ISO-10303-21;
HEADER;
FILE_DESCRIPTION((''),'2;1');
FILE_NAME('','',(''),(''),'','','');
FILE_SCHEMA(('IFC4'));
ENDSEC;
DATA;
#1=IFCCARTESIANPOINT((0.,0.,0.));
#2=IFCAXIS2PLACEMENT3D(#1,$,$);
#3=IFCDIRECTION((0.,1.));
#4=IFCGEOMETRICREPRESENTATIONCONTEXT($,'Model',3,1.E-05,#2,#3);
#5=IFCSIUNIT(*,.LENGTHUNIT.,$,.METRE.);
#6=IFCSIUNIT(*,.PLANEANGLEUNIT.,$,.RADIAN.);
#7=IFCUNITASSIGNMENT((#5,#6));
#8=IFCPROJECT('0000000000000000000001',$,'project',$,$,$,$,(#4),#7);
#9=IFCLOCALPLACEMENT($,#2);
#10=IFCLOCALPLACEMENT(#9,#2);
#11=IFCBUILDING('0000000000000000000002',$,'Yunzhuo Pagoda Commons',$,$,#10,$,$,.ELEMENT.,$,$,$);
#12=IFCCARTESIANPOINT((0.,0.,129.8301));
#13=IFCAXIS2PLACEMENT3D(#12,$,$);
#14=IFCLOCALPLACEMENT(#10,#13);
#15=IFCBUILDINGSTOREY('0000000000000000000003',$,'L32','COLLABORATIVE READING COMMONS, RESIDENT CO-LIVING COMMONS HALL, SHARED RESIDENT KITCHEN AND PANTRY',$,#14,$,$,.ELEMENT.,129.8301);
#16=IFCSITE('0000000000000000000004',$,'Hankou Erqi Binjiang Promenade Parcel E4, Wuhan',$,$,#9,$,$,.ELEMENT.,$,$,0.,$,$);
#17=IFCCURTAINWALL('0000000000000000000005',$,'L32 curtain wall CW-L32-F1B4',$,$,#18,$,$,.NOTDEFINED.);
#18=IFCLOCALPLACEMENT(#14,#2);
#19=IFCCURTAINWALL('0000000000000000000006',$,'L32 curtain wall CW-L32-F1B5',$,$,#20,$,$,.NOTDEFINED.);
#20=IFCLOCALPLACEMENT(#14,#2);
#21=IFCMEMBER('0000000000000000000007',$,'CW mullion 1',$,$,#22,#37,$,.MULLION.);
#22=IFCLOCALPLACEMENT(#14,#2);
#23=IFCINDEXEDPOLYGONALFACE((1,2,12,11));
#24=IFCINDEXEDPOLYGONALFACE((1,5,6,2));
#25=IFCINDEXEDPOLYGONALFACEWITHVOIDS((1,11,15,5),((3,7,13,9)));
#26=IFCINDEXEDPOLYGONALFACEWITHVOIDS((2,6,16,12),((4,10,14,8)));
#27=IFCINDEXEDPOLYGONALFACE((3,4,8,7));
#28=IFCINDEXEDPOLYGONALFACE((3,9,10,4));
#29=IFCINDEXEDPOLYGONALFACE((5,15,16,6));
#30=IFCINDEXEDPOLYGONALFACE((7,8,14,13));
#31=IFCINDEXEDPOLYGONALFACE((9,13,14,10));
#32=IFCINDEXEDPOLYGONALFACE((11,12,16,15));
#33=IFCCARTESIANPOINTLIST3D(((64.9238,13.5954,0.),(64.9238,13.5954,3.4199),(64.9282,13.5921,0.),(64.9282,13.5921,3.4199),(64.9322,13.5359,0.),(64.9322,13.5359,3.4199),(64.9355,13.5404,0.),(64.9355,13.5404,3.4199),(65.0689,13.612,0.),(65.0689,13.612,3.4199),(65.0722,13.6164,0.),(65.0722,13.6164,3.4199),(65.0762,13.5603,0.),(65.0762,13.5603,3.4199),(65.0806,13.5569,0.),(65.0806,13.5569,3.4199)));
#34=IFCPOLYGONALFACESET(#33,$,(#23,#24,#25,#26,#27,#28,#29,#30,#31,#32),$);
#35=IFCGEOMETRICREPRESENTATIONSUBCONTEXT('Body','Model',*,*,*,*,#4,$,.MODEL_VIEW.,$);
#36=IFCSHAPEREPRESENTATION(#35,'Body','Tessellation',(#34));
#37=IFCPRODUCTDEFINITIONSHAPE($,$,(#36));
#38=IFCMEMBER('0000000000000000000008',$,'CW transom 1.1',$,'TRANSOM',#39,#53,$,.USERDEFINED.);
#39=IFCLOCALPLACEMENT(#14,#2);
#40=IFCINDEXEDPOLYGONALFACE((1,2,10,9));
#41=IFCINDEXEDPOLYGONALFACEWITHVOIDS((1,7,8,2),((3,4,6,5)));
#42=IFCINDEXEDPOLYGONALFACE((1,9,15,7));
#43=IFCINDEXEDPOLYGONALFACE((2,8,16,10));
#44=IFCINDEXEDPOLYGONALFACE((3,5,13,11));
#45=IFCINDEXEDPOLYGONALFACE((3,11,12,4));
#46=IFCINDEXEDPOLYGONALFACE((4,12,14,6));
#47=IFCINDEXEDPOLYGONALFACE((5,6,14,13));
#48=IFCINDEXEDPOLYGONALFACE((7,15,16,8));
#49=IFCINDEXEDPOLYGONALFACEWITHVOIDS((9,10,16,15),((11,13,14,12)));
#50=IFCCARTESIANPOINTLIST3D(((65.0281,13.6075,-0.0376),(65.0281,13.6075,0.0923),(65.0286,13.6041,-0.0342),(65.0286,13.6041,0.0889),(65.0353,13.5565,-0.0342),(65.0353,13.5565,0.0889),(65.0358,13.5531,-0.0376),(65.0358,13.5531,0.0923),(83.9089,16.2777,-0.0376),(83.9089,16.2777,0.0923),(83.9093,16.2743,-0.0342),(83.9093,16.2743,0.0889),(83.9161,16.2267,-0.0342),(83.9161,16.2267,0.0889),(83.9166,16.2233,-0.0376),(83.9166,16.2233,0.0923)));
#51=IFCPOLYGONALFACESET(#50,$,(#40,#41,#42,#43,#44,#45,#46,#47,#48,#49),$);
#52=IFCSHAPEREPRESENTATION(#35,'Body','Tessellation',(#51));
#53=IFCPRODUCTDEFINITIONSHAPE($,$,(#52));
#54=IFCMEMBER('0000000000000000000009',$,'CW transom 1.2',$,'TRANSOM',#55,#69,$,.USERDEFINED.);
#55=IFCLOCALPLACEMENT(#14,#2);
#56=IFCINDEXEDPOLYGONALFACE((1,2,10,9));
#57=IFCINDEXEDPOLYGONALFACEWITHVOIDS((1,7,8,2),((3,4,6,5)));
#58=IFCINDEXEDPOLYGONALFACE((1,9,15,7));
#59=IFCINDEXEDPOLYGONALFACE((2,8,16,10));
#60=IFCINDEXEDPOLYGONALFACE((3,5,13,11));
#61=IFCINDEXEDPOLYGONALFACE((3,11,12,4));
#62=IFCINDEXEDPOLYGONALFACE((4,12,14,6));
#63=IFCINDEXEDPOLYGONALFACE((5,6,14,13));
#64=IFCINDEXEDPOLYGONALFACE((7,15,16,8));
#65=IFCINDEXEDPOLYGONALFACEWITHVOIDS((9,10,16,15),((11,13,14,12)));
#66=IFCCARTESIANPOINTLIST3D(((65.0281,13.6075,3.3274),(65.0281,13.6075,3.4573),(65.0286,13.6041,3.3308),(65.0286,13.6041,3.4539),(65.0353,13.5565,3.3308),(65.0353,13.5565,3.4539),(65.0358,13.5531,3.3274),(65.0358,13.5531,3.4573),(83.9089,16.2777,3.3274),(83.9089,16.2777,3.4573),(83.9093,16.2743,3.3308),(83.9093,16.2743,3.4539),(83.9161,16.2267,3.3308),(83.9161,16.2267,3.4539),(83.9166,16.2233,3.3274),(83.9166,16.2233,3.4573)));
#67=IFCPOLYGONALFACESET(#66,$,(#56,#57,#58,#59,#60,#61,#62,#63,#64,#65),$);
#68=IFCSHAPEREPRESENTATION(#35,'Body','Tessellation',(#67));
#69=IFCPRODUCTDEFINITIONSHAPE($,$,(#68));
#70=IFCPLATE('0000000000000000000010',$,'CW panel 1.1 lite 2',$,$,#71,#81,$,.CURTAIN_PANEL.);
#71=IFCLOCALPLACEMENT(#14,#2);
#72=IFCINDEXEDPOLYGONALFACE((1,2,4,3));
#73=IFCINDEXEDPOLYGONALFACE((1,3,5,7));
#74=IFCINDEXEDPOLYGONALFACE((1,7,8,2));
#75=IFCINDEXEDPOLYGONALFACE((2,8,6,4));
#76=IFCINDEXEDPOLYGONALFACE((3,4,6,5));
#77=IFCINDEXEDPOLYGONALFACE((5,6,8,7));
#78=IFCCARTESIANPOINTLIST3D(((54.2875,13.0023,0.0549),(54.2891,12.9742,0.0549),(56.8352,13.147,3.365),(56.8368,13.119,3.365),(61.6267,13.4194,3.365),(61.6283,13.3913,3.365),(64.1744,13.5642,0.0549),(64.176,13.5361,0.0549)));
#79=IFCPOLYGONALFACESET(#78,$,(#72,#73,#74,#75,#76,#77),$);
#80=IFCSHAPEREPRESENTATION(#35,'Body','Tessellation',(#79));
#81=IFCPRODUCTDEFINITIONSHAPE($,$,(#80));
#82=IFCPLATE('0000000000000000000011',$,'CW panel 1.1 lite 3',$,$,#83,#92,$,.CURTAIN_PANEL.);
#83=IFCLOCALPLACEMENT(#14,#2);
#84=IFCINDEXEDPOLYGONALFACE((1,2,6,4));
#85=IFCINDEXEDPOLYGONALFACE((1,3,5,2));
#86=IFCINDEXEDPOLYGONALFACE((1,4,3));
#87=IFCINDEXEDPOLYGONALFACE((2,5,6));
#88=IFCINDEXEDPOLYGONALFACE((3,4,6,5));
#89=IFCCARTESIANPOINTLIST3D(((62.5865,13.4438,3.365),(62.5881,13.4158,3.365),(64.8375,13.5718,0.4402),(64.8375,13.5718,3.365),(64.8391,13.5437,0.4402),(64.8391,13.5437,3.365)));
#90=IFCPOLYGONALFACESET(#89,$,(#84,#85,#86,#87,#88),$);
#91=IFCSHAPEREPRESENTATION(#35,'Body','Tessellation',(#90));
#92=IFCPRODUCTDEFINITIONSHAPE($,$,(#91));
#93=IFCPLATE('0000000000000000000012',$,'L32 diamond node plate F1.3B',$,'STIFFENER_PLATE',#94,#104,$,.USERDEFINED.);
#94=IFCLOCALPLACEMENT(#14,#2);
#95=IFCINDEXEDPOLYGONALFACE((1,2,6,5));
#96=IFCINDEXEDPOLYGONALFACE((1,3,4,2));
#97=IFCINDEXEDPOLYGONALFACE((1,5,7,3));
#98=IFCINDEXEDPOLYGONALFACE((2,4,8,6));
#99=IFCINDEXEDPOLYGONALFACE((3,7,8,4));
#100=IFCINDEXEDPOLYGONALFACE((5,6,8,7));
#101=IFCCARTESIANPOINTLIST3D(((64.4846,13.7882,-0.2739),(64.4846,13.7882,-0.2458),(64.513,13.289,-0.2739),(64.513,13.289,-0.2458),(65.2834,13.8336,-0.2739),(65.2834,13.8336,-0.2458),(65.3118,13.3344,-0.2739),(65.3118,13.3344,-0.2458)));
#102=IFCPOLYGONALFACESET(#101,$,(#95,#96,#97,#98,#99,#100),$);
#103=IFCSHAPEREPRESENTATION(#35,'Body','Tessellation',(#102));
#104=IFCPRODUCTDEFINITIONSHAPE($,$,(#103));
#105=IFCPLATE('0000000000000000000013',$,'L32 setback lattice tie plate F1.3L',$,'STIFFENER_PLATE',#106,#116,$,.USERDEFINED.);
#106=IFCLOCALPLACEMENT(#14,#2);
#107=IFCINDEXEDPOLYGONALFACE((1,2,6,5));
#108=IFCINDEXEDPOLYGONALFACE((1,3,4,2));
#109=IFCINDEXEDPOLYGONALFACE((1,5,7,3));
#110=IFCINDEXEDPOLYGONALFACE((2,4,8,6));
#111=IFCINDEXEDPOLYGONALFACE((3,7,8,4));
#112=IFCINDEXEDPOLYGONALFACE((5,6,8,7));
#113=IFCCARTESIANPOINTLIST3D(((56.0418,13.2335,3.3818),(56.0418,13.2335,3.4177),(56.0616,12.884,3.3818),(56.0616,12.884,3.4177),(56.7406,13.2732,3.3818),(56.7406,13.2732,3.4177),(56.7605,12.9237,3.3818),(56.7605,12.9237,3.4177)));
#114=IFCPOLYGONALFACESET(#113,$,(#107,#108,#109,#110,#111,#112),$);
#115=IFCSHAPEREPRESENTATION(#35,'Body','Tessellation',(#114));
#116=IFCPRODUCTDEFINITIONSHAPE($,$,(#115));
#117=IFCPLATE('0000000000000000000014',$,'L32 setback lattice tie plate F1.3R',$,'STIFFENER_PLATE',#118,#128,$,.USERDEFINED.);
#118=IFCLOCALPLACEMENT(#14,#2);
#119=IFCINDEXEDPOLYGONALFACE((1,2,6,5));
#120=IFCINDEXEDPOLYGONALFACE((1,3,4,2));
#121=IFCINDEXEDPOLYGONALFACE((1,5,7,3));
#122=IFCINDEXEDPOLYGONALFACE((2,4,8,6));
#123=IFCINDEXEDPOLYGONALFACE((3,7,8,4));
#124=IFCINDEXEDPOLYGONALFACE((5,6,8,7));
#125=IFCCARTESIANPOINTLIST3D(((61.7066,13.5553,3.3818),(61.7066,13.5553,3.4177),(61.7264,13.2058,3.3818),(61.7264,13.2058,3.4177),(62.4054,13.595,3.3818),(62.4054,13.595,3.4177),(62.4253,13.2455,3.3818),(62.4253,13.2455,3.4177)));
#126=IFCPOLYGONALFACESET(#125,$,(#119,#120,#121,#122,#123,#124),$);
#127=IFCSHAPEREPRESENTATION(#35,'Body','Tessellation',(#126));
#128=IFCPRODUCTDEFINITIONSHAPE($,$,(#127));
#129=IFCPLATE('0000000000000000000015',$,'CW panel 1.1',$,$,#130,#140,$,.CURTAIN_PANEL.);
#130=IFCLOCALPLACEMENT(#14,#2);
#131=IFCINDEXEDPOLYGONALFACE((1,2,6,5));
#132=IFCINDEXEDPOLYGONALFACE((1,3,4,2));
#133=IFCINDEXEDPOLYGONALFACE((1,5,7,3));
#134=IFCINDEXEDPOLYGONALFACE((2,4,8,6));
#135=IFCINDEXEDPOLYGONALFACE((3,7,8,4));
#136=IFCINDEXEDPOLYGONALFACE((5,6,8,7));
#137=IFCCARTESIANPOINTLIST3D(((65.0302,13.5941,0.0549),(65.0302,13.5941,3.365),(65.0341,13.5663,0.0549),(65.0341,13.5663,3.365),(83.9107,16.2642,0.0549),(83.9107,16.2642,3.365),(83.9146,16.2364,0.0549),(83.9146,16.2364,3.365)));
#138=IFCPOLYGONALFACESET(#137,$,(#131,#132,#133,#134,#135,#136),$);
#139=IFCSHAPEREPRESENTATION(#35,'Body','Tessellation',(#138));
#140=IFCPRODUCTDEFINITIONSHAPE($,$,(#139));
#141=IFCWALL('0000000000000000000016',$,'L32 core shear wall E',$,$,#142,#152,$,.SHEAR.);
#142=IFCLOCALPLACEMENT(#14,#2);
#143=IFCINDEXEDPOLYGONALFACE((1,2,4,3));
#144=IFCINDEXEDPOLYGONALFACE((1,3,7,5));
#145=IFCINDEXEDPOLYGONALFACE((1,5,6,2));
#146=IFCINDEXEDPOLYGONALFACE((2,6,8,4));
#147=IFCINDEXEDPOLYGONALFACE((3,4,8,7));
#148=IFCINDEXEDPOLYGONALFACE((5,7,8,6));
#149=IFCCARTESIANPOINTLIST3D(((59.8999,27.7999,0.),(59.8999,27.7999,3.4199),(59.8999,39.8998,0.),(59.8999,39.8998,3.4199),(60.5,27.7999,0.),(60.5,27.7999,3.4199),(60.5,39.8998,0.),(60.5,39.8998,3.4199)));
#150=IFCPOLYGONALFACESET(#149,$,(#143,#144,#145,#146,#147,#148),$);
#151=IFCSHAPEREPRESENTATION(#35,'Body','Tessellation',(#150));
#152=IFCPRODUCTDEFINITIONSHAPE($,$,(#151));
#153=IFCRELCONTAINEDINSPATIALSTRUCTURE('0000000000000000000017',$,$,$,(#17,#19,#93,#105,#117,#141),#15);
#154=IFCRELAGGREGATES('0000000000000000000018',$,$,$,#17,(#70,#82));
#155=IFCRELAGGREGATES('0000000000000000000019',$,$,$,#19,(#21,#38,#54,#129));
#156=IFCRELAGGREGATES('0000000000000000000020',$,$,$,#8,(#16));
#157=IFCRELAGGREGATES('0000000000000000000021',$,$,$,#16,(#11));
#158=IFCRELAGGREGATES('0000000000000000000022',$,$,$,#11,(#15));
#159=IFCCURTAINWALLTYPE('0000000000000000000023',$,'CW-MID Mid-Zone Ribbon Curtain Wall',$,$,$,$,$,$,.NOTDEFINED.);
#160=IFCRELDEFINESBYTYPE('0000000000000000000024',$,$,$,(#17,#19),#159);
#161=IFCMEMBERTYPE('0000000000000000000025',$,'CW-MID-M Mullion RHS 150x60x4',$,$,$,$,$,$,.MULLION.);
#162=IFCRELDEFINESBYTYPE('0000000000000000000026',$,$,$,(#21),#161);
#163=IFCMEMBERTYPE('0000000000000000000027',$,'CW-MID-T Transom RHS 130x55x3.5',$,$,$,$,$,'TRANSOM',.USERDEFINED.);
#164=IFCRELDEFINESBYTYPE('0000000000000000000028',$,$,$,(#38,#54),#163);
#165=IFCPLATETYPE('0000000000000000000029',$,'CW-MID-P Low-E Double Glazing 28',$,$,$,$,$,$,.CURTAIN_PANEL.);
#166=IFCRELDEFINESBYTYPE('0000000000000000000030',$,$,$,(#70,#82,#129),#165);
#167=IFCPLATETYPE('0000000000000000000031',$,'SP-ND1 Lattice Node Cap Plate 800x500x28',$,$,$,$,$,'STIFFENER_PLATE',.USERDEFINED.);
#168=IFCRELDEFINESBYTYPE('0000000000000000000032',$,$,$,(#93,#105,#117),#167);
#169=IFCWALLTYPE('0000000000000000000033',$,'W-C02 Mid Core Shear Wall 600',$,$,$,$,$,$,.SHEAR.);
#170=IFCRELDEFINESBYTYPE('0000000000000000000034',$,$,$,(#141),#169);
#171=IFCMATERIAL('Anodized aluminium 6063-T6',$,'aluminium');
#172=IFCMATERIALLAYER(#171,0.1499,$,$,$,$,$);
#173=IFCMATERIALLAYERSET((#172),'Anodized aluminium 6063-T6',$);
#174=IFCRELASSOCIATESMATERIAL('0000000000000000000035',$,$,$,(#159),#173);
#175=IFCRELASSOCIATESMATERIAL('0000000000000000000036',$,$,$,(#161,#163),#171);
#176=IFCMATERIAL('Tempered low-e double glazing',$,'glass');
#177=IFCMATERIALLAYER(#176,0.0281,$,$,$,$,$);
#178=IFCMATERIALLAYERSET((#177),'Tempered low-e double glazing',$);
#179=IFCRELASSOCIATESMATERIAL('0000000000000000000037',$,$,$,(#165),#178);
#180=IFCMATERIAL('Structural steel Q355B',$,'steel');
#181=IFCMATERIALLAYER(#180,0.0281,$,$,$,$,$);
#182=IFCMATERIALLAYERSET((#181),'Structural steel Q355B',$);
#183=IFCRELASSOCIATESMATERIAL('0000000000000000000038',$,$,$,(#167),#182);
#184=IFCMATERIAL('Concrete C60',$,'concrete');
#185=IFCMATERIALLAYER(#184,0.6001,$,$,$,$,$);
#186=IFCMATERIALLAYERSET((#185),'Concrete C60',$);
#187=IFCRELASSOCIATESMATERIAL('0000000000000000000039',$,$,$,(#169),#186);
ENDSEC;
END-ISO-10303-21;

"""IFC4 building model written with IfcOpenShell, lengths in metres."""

from ifc_helpers import new_model, si_unit, direction, frame, frame_2d, origin, origin_2d, place, context, subcontext, project, spatial, polyline, rectangle, hollow_rectangle, outline, extrude, source, transform, mapped, material, layer, layer_set, material_profile, profile_set, type_object, element, aggregate, save


model = new_model("IFC4")

# Units and contexts
model_context = context("Model", 3, precision=1e-05, world=origin(), true_north=direction((0.0, 1.0)))
body_context = subcontext(model_context, "Body", "Model", "MODEL_VIEW")
ifc_project = project(units=[si_unit("LENGTHUNIT", "METRE"), si_unit("PLANEANGLEUNIT", "RADIAN")], contexts=[model_context])

# Site, building, storey
site_placement = place(None, origin())
site = spatial("IfcSite", under=ifc_project, at=site_placement, Name="Hankou Erqi Binjiang Promenade Parcel E4, Wuhan", CompositionType="ELEMENT", RefElevation=0.0)
building_placement = place(site_placement, origin())
building = spatial("IfcBuilding", under=site, at=building_placement, Name="Yunzhuo Pagoda Commons", CompositionType="ELEMENT")
storey_placement = place(building_placement, frame((0.0, 0.0, 129.8301)))
storey = spatial("IfcBuildingStorey", under=building, at=storey_placement, Name="L32", Description="COLLABORATIVE READING COMMONS, RESIDENT CO-LIVING COMMONS HALL, SHARED RESIDENT KITCHEN AND PANTRY", CompositionType="ELEMENT", Elevation=129.8301)

# Shared definitions
ifc_material_1 = material(Name="Structural steel Q355B", Category="steel")

# Curtain wall
ifc_material_2 = material(Name="Anodized aluminium 6063-T6", Category="aluminium")
ifc_layer_1 = layer(ifc_material_2, 0.1499)
ifc_layer_set_1 = layer_set([ifc_layer_1], Name="Anodized aluminium 6063-T6")
curtain_wall_type = type_object("IfcCurtainWallType", Name="CW-MID Mid-Zone Ribbon Curtain Wall", PredefinedType="NOTDEFINED", material=ifc_layer_set_1)
curtain_wall_1_placement = place(storey_placement, origin())
curtain_wall_1 = element("IfcCurtainWall", 1, at=curtain_wall_1_placement, inside=storey, type_object=curtain_wall_type, Name="L32 curtain wall CW-L32-F1B4", PredefinedType="NOTDEFINED")
ifc_material_profile_1 = material_profile(ifc_material_2, hollow_rectangle(XDim=0.0601, YDim=0.1499, WallThickness=0.0039, at=origin_2d()), Name="Anodized aluminium 6063-T6")
ifc_profile_set_1 = profile_set([ifc_material_profile_1], Name="Anodized aluminium 6063-T6")
member_type_1 = type_object("IfcMemberType", Name="CW-MID-M Mullion RHS 150x60x4", PredefinedType="MULLION", material=ifc_profile_set_1)
shared_shape_1 = source(origin(), body_context, "Body", "SweptSolid", [
    extrude(hollow_rectangle(XDim=0.0601, YDim=0.1499, WallThickness=0.0039, at=origin_2d()), origin(), (0.0, 0.0, 1.0), 3.4199),
])

# Curtain wall, members
curtain_wall_2_placement = place(storey_placement, origin())
curtain_wall_2 = element("IfcCurtainWall", 2, at=curtain_wall_2_placement, inside=storey, type_object=curtain_wall_type, Name="L32 curtain wall CW-L32-F1B5", PredefinedType="NOTDEFINED")
member_1_placement = place(storey_placement, frame((65.0022, 13.5762, 0.0), z_axis=(0.0, 0.0, 1.0), x_axis=(-0.140027, 0.990148, 0.0)))
member_1 = element("IfcMember", 3, at=member_1_placement, type_object=member_type_1, Name="CW mullion 1", PredefinedType="MULLION", context=body_context, shape_type="MappedRepresentation", body=[
    mapped(shared_shape_1, transform((0.0, 0.0, 0.0), scale=1.0)),
])
ifc_material_profile_2 = material_profile(ifc_material_2, hollow_rectangle(XDim=0.0549, YDim=0.1299, WallThickness=0.0034, at=origin_2d()), Name="Anodized aluminium 6063-T6")
ifc_profile_set_2 = profile_set([ifc_material_profile_2], Name="Anodized aluminium 6063-T6")
member_type_2 = type_object("IfcMemberType", Name="CW-MID-T Transom RHS 130x55x3.5", ElementType="TRANSOM", PredefinedType="USERDEFINED", material=ifc_profile_set_2)
shared_shape_2 = source(origin(), body_context, "Body", "SweptSolid", [
    extrude(hollow_rectangle(XDim=0.0549, YDim=0.1299, WallThickness=0.0034, at=origin_2d()), origin(), (0.0, 0.0, 1.0), 19.0686),
])
member_2_placement = place(storey_placement, frame((65.032, 13.5803, 0.0273), z_axis=(0.990147, 0.14003, 0.0), x_axis=(-0.14003, 0.990147, 0.0)))
member_2 = element("IfcMember", 4, at=member_2_placement, type_object=member_type_2, Name="CW transom 1.1", ObjectType="TRANSOM", PredefinedType="USERDEFINED", context=body_context, shape_type="MappedRepresentation", body=[
    mapped(shared_shape_2, transform((0.0, 0.0, 0.0), scale=1.0)),
])
member_3_placement = place(storey_placement, frame((65.032, 13.5803, 3.3923), z_axis=(0.990147, 0.14003, 0.0), x_axis=(-0.14003, 0.990147, 0.0)))
member_3 = element("IfcMember", 5, at=member_3_placement, type_object=member_type_2, Name="CW transom 1.2", ObjectType="TRANSOM", PredefinedType="USERDEFINED", context=body_context, shape_type="MappedRepresentation", body=[
    mapped(shared_shape_2, transform((0.0, 0.0, 0.0), scale=1.0)),
])

# Plates
ifc_material_3 = material(Name="Tempered low-e double glazing", Category="glass")
ifc_layer_2 = layer(ifc_material_3, 0.0281)
ifc_layer_set_2 = layer_set([ifc_layer_2], Name="Tempered low-e double glazing")
plate_type_1 = type_object("IfcPlateType", Name="CW-MID-P Low-E Double Glazing 28", PredefinedType="CURTAIN_PANEL", material=ifc_layer_set_2)
plate_1_placement = place(storey_placement, frame((59.231, 13.2832, 1.71), z_axis=(0.056742, -0.998389, 0.0), x_axis=(0.998389, 0.056742, 0.0)))
plate_1 = element("IfcPlate", 6, at=plate_1_placement, type_object=plate_type_1, Name="CW panel 1.1 lite 2", PredefinedType="CURTAIN_PANEL", context=body_context, shape_type="SweptSolid", body=[
    extrude(outline(polyline([(-4.9514, -1.655), (4.9514, -1.655), (2.3997, 1.655), (-2.3997, 1.655), (-4.9514, -1.655)])), origin(), (0.0, 0.0, 1.0), 0.0281),
])
plate_2_placement = place(storey_placement, frame((63.7122, 13.5078, 1.9026), z_axis=(0.056742, -0.998389, 0.0), x_axis=(0.998389, 0.056742, 0.0)))
plate_2 = element("IfcPlate", 7, at=plate_2_placement, type_object=plate_type_1, Name="CW panel 1.1 lite 3", PredefinedType="CURTAIN_PANEL", context=body_context, shape_type="SweptSolid", body=[
    extrude(outline(polyline([(-1.1274, 1.4624), (1.1272, -1.4624), (1.1272, 1.4624), (-1.1274, 1.4624)])), origin(), (0.0, 0.0, 1.0), 0.0281),
])
aggregate(curtain_wall_1, [plate_1, plate_2])

# Plates
ifc_layer_3 = layer(ifc_material_1, 0.0281)
ifc_layer_set_3 = layer_set([ifc_layer_3], Name="Structural steel Q355B")
plate_type_2 = type_object("IfcPlateType", Name="SP-ND1 Lattice Node Cap Plate 800x500x28", ElementType="STIFFENER_PLATE", PredefinedType="USERDEFINED", material=ifc_layer_set_3)
shared_shape_3 = source(origin(), body_context, "Body", "SweptSolid", [
    extrude(rectangle(XDim=0.8, YDim=0.5, at=origin_2d()), origin(), (0.0, 0.0, 1.0), 0.0281),
])
plate_3_placement = place(storey_placement, frame((64.8982, 13.5613, -0.2739), z_axis=(0.0, 0.0, 1.0), x_axis=(0.998389, 0.056745, 0.0)))
element("IfcPlate", 8, at=plate_3_placement, inside=storey, type_object=plate_type_2, Name="L32 diamond node plate F1.3B", ObjectType="STIFFENER_PLATE", PredefinedType="USERDEFINED", context=body_context, shape_type="MappedRepresentation", body=[
    mapped(shared_shape_3, transform((0.0, 0.0, 0.0), scale=1.0)),
])
shared_shape_4 = source(origin(), body_context, "Body", "SweptSolid", [
    extrude(rectangle(XDim=0.7, YDim=0.3501, at=origin_2d()), origin(), (0.0, 0.0, 1.0), 0.0359),
])
for number, where, z_axis, x_axis, name in (
    (9, (56.4011, 13.0786, 3.3818), (0.0, 0.0, 1.0), (0.998389, 0.056745, 0.0), "L32 setback lattice tie plate F1.3L"),
    (10, (62.0659, 13.4004, 3.3818), (0.0, 0.0, 1.0), (0.998389, 0.056745, 0.0), "L32 setback lattice tie plate F1.3R"),
):
    element("IfcPlate", number, at=place(storey_placement, frame(where, z_axis=z_axis, x_axis=x_axis)), inside=storey, type_object=plate_type_2, Name=name, ObjectType="STIFFENER_PLATE", PredefinedType="USERDEFINED", context=body_context, shape_type="MappedRepresentation", body=[
        mapped(shared_shape_4, transform((0.0, 0.0, 0.0), scale=1.0)),
    ])

# Plate
shared_shape_5 = source(origin(), body_context, "Body", "SweptSolid", [
    extrude(rectangle(XDim=19.0684, YDim=0.0281, at=origin_2d()), origin(), (0.0, 0.0, 1.0), 3.3101),
])
plate_4_placement = place(storey_placement, frame((74.4724, 14.9153, 0.0549), z_axis=(0.0, 0.0, 1.0), x_axis=(0.990148, 0.140027, 0.0)))
plate_4 = element("IfcPlate", 11, at=plate_4_placement, type_object=plate_type_1, Name="CW panel 1.1", PredefinedType="CURTAIN_PANEL", context=body_context, shape_type="MappedRepresentation", body=[
    mapped(shared_shape_5, transform((0.0, 0.0, 0.0), scale=1.0)),
])
aggregate(curtain_wall_2, [member_1, member_2, member_3, plate_4])

# Wall
ifc_material_4 = material(Name="Concrete C60", Category="concrete")
ifc_layer_4 = layer(ifc_material_4, 0.6001)
ifc_layer_set_4 = layer_set([ifc_layer_4], Name="Concrete C60")
wall_type_1 = type_object("IfcWallType", Name="W-C02 Mid Core Shear Wall 600", PredefinedType="SHEAR", material=ifc_layer_set_4)
wall_1_placement = place(storey_placement, frame((60.2, 27.8, 0.0), z_axis=(0.0, 0.0, 1.0), x_axis=(0.0, 1.0, 0.0)))
element("IfcWall", 12, at=wall_1_placement, inside=storey, type_object=wall_type_1, Name="L32 core shear wall E", PredefinedType="SHEAR", context=body_context, shape_type="SweptSolid", body=[
    extrude(rectangle(XDim=12.0999, YDim=0.6001, at=frame_2d((6.0498, 0.0))), origin(), (0.0, 0.0, 1.0), 3.4199),
])

save(model, "model.ifc")
